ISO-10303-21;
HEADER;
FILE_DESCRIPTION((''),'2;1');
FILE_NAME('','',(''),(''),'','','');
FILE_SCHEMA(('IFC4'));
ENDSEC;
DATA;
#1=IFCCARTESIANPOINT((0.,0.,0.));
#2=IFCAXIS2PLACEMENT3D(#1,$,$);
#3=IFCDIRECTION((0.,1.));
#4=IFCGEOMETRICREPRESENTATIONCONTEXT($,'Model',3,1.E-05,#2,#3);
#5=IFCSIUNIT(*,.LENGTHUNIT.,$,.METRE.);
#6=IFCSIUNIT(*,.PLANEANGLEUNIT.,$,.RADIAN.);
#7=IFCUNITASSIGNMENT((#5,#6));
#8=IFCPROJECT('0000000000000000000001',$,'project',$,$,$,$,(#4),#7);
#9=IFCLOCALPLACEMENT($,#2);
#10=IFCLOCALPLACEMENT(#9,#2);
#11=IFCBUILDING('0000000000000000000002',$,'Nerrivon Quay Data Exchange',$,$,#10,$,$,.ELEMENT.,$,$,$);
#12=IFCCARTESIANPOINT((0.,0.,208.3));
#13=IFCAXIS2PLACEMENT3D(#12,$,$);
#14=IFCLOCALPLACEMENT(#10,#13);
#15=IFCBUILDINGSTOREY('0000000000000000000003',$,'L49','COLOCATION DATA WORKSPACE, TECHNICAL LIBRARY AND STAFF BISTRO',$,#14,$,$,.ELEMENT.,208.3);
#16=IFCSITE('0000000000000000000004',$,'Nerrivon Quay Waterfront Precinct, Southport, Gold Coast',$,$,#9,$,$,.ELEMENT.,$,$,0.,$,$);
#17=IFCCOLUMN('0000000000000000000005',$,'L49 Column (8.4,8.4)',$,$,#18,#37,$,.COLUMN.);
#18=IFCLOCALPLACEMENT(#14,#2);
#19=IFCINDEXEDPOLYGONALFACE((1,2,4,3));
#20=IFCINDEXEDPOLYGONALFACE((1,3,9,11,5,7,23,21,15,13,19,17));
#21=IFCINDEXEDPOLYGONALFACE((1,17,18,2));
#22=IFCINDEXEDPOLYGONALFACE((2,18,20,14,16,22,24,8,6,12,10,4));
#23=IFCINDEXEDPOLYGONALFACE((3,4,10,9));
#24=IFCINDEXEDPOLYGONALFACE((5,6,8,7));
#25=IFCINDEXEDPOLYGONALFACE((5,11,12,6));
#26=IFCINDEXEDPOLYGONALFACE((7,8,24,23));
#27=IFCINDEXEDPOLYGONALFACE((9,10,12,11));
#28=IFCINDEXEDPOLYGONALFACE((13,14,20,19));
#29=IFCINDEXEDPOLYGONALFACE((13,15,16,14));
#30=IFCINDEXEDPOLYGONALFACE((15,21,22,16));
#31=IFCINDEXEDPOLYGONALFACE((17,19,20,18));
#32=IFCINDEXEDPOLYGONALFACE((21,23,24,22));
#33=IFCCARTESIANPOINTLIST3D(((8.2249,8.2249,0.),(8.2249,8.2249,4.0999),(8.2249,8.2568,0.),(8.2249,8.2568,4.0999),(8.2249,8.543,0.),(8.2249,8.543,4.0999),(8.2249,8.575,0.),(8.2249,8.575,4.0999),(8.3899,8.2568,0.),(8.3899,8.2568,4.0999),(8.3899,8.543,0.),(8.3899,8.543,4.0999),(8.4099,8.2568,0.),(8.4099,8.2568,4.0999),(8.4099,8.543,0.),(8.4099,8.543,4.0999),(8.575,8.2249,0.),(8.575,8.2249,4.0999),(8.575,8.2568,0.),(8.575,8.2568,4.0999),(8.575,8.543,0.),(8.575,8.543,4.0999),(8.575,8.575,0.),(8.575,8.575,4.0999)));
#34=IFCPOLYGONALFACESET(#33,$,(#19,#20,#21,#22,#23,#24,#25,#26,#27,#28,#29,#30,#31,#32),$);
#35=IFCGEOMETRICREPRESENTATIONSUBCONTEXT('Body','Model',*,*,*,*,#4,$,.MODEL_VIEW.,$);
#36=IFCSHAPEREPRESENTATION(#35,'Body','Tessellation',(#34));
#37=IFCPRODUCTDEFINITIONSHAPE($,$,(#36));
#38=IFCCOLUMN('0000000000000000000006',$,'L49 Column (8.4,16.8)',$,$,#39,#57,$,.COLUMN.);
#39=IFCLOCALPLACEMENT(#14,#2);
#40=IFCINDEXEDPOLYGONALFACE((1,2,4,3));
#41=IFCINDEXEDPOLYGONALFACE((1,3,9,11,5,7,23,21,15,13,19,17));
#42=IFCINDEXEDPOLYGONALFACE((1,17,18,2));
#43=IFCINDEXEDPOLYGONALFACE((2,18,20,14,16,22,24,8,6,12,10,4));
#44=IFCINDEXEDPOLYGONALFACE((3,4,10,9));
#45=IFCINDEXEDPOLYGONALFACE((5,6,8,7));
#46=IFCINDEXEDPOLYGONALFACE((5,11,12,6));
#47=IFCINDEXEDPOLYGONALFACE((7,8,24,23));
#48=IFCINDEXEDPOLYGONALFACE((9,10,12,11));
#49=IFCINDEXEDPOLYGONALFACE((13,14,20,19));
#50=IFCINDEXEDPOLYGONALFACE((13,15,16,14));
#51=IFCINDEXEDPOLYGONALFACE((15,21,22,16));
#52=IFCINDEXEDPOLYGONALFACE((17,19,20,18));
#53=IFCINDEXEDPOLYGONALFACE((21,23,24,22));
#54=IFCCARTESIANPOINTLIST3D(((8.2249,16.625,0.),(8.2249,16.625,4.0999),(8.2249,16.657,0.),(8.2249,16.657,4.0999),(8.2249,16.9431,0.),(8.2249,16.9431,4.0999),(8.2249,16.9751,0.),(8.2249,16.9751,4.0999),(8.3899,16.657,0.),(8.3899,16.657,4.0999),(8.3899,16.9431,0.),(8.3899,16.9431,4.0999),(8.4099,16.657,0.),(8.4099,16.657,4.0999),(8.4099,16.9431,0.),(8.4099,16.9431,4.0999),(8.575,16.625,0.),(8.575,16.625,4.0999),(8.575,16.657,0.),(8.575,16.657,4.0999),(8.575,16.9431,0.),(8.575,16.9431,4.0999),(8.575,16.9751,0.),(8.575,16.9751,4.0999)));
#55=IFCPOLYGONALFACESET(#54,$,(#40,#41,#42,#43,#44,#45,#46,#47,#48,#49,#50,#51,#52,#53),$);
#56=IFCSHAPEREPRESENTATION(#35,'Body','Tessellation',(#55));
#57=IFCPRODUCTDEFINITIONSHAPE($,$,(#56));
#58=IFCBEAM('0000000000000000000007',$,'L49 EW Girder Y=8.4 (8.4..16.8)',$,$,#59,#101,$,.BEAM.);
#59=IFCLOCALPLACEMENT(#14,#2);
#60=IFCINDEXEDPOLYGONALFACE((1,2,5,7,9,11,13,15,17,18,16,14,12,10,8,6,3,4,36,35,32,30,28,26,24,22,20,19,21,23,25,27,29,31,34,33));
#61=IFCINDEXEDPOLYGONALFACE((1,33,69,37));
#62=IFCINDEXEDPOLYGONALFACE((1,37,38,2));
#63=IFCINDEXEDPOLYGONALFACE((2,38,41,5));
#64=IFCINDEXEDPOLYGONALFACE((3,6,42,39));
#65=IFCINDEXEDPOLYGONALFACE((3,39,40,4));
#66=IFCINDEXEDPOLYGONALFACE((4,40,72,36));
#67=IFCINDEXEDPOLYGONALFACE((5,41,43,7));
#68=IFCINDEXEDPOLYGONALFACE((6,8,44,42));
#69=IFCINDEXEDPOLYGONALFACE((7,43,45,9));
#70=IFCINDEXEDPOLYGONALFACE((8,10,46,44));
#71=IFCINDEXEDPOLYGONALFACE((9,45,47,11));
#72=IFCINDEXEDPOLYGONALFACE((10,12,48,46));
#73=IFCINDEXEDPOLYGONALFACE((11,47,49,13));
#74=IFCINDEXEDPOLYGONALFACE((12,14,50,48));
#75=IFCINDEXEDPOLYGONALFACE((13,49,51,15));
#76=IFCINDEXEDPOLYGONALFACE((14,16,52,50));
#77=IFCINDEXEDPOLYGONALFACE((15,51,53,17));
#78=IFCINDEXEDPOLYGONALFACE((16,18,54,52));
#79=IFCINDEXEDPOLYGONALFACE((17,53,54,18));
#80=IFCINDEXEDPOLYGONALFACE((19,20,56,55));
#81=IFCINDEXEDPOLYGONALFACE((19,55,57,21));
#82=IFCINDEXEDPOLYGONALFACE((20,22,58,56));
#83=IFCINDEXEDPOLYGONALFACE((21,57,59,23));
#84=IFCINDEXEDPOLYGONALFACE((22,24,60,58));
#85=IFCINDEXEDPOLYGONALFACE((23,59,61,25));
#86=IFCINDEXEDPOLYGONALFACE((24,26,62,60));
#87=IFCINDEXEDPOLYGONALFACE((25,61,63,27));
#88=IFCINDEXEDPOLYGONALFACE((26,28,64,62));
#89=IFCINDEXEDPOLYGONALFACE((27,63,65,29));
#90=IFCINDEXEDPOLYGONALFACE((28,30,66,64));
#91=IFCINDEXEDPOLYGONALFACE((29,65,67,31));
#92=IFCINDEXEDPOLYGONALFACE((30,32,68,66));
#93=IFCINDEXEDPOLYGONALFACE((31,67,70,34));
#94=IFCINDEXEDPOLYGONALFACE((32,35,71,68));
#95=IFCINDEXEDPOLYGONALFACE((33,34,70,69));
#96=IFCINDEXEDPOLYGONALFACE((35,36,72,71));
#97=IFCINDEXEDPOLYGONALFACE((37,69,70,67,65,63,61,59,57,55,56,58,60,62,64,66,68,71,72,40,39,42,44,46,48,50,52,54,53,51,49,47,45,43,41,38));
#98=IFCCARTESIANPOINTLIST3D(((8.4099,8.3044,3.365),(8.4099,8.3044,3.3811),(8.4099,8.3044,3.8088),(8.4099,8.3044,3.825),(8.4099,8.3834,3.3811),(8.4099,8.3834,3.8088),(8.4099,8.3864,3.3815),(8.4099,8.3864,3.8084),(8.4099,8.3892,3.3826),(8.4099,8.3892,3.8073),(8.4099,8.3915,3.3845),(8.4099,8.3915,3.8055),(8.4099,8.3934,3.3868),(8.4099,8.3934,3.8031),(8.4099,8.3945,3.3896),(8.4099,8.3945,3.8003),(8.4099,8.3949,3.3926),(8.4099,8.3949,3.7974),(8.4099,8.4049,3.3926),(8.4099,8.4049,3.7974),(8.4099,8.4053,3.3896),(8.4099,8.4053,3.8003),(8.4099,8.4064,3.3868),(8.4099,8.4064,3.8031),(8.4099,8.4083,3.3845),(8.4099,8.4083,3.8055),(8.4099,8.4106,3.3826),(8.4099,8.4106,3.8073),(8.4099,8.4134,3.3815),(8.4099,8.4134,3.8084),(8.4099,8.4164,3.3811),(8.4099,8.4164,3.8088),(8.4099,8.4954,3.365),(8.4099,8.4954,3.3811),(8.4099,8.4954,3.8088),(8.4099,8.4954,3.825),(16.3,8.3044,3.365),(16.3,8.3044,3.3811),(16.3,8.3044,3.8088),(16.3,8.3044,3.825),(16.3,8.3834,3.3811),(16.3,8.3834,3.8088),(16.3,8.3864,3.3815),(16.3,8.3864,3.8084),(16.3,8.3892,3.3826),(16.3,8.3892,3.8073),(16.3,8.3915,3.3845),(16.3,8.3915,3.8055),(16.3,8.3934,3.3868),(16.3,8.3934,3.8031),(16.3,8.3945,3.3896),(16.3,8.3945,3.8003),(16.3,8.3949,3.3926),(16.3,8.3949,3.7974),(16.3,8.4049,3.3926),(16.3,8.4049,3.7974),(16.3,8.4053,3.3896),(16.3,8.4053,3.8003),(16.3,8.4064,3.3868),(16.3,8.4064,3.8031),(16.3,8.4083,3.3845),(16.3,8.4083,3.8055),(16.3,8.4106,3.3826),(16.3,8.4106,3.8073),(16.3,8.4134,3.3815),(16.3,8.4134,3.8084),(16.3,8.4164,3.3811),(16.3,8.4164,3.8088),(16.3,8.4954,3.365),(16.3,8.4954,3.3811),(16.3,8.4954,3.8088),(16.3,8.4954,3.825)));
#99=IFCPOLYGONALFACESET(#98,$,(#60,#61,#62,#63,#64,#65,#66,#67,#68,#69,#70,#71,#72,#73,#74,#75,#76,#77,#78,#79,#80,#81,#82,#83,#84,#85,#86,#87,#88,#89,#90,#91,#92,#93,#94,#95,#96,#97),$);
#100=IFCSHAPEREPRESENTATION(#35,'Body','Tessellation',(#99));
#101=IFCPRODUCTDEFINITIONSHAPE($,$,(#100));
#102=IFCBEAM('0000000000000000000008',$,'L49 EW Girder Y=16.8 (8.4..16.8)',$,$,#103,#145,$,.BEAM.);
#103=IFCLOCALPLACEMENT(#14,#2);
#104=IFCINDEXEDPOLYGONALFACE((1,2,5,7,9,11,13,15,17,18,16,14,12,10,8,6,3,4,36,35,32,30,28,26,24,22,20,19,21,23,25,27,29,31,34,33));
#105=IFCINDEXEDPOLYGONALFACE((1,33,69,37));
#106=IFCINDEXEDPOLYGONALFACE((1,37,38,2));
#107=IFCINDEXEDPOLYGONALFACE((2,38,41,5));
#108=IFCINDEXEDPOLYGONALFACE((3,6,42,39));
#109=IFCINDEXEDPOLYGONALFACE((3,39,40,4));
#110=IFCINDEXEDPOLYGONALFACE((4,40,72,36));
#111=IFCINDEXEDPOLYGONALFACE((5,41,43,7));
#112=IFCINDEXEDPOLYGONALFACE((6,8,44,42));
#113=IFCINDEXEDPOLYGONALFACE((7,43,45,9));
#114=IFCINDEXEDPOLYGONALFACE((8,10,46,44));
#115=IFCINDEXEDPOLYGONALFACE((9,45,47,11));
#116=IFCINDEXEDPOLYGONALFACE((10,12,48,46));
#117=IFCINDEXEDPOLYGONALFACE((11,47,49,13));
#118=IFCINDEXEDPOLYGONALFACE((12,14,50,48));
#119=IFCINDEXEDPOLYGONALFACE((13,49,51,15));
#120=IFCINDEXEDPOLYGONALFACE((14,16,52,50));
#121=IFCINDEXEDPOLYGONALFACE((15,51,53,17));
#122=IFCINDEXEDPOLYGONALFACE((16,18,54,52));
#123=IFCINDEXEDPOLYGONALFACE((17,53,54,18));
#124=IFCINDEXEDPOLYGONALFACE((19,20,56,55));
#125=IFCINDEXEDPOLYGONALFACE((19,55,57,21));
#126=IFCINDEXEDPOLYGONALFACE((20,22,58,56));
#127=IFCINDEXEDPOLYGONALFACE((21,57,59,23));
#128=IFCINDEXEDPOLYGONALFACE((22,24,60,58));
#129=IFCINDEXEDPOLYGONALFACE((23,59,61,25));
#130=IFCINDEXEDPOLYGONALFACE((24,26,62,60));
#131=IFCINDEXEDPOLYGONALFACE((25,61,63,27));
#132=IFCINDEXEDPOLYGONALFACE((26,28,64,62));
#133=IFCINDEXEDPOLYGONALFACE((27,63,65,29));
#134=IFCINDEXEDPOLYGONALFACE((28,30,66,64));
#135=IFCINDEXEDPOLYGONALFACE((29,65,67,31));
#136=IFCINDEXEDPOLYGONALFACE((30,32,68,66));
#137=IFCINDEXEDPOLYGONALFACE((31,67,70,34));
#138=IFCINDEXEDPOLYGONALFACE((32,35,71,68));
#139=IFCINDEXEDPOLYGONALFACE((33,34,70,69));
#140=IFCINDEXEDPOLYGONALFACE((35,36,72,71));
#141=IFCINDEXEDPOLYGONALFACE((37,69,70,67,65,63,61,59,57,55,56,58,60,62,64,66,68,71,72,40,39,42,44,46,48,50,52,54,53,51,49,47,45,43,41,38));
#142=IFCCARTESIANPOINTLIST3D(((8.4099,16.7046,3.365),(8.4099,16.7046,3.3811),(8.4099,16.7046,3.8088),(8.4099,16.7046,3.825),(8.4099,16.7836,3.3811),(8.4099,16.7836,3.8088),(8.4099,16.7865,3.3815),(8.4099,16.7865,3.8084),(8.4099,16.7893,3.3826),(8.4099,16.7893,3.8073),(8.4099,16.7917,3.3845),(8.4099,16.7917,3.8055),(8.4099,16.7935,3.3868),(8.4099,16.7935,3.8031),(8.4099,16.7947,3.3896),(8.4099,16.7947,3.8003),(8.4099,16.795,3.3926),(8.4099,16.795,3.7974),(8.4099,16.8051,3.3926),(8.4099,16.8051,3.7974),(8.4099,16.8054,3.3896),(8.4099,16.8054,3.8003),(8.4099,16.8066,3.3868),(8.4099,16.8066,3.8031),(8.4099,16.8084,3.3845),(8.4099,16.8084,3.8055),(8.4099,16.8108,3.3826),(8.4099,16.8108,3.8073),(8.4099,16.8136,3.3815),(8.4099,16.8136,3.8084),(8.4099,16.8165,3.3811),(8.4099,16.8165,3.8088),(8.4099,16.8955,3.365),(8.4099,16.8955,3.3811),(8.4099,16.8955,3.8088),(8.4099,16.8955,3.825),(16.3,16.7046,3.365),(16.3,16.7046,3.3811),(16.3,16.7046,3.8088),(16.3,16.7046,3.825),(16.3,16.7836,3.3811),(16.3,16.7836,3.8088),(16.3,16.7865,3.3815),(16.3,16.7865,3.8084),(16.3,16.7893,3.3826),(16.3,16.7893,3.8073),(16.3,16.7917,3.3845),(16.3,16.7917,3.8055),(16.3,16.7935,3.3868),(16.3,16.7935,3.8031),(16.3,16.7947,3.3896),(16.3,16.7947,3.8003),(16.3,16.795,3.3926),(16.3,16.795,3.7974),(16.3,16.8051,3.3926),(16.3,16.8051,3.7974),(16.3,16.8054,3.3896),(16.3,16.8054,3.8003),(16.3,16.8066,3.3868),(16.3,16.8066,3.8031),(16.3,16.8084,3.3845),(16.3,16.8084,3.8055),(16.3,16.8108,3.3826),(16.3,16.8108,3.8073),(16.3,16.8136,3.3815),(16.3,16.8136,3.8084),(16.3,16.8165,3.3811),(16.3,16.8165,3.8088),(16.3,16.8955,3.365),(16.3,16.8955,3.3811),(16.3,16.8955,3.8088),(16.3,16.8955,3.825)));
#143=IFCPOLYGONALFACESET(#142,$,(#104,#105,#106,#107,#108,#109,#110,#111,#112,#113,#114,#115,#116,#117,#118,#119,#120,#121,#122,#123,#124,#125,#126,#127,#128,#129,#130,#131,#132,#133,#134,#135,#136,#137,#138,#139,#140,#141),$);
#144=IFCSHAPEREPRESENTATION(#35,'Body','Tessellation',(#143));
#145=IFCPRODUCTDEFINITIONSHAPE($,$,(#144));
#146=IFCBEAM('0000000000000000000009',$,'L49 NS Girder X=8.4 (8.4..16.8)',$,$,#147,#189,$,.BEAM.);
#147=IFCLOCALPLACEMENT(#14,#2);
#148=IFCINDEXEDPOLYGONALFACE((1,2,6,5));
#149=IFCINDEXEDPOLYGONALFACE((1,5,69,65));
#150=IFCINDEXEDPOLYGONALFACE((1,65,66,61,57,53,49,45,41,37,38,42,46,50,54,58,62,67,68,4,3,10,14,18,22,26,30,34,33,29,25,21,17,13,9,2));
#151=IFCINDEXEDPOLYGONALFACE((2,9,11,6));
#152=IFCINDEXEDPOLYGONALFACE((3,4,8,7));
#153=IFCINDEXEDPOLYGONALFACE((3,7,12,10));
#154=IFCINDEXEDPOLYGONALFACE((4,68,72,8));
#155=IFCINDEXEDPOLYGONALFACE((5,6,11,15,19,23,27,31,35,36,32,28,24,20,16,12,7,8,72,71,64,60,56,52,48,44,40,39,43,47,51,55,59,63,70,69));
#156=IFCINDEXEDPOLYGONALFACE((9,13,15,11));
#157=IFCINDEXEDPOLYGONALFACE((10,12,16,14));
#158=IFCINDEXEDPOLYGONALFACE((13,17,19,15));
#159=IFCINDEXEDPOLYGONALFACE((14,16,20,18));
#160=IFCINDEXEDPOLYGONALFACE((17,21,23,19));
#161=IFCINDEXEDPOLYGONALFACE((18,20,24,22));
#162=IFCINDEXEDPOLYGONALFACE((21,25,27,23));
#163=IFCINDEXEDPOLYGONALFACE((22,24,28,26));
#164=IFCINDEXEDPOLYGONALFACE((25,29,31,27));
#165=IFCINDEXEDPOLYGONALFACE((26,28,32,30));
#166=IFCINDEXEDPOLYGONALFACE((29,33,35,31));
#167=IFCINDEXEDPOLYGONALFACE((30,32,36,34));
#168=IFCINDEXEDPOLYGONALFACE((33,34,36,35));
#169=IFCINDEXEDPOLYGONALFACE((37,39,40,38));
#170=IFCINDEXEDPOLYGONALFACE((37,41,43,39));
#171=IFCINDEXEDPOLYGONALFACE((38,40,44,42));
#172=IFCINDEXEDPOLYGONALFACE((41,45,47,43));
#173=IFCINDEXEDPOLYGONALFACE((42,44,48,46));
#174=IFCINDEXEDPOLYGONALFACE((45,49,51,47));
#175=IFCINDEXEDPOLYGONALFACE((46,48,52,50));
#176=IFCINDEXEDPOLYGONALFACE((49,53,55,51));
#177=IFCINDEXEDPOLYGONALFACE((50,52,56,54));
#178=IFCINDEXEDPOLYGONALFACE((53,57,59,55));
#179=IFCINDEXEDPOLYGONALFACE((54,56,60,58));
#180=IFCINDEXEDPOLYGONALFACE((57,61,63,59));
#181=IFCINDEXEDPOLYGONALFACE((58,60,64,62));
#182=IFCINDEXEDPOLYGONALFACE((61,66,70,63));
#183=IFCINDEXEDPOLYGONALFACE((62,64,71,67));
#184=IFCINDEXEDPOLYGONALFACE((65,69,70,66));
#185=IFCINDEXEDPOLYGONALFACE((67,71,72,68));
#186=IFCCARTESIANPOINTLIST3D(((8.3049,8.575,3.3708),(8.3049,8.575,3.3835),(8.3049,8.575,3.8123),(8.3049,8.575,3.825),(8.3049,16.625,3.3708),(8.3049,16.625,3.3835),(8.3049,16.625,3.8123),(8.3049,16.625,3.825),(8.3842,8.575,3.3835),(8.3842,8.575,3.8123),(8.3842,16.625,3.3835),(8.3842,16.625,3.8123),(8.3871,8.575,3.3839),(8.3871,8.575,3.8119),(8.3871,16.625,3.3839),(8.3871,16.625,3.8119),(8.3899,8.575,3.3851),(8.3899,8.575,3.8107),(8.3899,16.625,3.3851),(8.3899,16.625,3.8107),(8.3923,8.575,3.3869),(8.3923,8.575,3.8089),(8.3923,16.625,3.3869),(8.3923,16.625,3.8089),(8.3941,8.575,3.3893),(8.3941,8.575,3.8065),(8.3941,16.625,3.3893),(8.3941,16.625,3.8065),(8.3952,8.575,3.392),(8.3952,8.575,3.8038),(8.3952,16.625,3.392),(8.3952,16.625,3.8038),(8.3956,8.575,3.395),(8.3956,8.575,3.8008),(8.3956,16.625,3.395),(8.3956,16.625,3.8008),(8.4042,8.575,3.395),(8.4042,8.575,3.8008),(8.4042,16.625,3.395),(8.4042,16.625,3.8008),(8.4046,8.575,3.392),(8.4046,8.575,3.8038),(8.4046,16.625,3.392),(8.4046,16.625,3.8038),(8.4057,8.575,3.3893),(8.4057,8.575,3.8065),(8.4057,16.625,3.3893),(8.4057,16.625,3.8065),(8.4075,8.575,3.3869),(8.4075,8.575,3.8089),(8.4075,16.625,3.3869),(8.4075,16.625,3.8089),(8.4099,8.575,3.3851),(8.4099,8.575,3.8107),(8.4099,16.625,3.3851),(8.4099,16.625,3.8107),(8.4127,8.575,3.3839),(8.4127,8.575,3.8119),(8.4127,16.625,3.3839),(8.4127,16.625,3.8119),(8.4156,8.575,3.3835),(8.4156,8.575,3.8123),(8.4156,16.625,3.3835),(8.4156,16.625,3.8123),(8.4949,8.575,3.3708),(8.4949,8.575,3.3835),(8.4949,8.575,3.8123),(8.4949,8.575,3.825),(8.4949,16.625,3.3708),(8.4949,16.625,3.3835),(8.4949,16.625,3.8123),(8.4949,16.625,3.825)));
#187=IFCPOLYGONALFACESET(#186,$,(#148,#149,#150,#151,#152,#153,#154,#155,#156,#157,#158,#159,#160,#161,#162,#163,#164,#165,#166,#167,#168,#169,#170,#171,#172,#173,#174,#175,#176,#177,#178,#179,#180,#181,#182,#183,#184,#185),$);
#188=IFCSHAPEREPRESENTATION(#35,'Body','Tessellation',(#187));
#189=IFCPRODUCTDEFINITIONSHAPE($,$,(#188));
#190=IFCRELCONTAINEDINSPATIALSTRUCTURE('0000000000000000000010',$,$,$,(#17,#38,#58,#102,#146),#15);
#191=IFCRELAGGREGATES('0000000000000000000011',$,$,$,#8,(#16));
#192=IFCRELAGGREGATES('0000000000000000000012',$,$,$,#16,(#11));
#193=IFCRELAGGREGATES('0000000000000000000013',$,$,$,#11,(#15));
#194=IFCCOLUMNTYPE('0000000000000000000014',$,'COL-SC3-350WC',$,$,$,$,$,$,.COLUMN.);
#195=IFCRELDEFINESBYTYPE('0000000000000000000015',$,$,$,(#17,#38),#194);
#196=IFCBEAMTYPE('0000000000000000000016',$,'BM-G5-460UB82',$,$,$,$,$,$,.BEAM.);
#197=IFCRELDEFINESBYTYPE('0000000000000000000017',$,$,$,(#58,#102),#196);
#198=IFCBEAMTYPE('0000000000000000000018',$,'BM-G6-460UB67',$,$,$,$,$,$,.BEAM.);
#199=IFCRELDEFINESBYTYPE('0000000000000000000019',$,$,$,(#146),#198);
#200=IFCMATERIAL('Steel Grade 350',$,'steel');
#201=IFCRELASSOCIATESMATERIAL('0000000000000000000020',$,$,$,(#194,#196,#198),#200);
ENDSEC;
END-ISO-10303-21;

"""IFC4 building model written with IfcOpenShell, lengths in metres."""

from ifc_helpers import new_model, si_unit, direction, frame, origin, origin_2d, place, context, subcontext, project, spatial, i_section, extrude, material, material_profile, profile_set, type_object, element, save


model = new_model("IFC4")

# Units and contexts
model_context = context("Model", 3, precision=1e-05, world=origin(), true_north=direction((0.0, 1.0)))
body_context = subcontext(model_context, "Body", "Model", "MODEL_VIEW")
ifc_project = project(units=[si_unit("LENGTHUNIT", "METRE"), si_unit("PLANEANGLEUNIT", "RADIAN")], contexts=[model_context])

# Site, building, storey
site_placement = place(None, origin())
site = spatial("IfcSite", under=ifc_project, at=site_placement, Name="Nerrivon Quay Waterfront Precinct, Southport, Gold Coast", CompositionType="ELEMENT", RefElevation=0.0)
building_placement = place(site_placement, origin())
building = spatial("IfcBuilding", under=site, at=building_placement, Name="Nerrivon Quay Data Exchange", CompositionType="ELEMENT")
storey_placement = place(building_placement, frame((0.0, 0.0, 208.3)))
storey = spatial("IfcBuildingStorey", under=building, at=storey_placement, Name="L49", Description="COLOCATION DATA WORKSPACE, TECHNICAL LIBRARY AND STAFF BISTRO", CompositionType="ELEMENT", Elevation=208.3)

# Columns
ifc_material_1 = material(Name="Steel Grade 350", Category="steel")
ifc_material_profile_1 = material_profile(ifc_material_1, i_section(OverallWidth=0.3501, OverallDepth=0.3501, WebThickness=0.02, FlangeThickness=0.032, at=origin_2d()), Name="350WC230")
ifc_profile_set_1 = profile_set([ifc_material_profile_1], Name="Steel Grade 350")
column_type = type_object("IfcColumnType", Name="COL-SC3-350WC", PredefinedType="COLUMN", material=ifc_profile_set_1)
for number, where, z_axis, x_axis, name in (
    (1, (8.3999, 8.3999, 0.0), (0.0, 0.0, 1.0), (1.0, 0.0, 0.0), "L49 Column (8.4,8.4)"),
    (2, (8.3999, 16.8, 0.0), (0.0, 0.0, 1.0), (1.0, 0.0, 0.0), "L49 Column (8.4,16.8)"),
):
    element("IfcColumn", number, at=place(storey_placement, frame(where, z_axis=z_axis, x_axis=x_axis)), inside=storey, type_object=column_type, Name=name, PredefinedType="COLUMN", context=body_context, shape_type="SweptSolid", body=[
        extrude(i_section(OverallWidth=0.3501, OverallDepth=0.3501, WebThickness=0.02, FlangeThickness=0.032, at=origin_2d()), origin(), (0.0, 0.0, 1.0), 4.0999),
    ])

# Beams
ifc_material_profile_2 = material_profile(ifc_material_1, i_section(OverallWidth=0.1909, OverallDepth=0.46, WebThickness=0.01, FlangeThickness=0.0161, FilletRadius=0.0115, at=origin_2d()), Name="460UB82.1")
ifc_profile_set_2 = profile_set([ifc_material_profile_2], Name="Steel Grade 350")
beam_type_1 = type_object("IfcBeamType", Name="BM-G5-460UB82", PredefinedType="BEAM", material=ifc_profile_set_2)
for number, where, z_axis, x_axis, name in (
    (3, (8.4099, 8.3999, 3.595), (1.0, 0.0, 0.0), (0.0, 1.0, 0.0), "L49 EW Girder Y=8.4 (8.4..16.8)"),
    (4, (8.4099, 16.8, 3.595), (1.0, 0.0, 0.0), (0.0, 1.0, 0.0), "L49 EW Girder Y=16.8 (8.4..16.8)"),
):
    element("IfcBeam", number, at=place(storey_placement, frame(where, z_axis=z_axis, x_axis=x_axis)), inside=storey, type_object=beam_type_1, Name=name, PredefinedType="BEAM", context=body_context, shape_type="SweptSolid", body=[
        extrude(i_section(OverallWidth=0.1909, OverallDepth=0.46, WebThickness=0.01, FlangeThickness=0.0161, FilletRadius=0.0115, at=origin_2d()), origin(), (0.0, 0.0, 1.0), 7.8901),
    ])
ifc_material_profile_3 = material_profile(ifc_material_1, i_section(OverallWidth=0.1899, OverallDepth=0.4541, WebThickness=0.0085, FlangeThickness=0.0127, FilletRadius=0.0115, at=origin_2d()), Name="460UB67.1")
ifc_profile_set_3 = profile_set([ifc_material_profile_3], Name="Steel Grade 350")
beam_type_2 = type_object("IfcBeamType", Name="BM-G6-460UB67", PredefinedType="BEAM", material=ifc_profile_set_3)
beam_1_placement = place(storey_placement, frame((8.3999, 8.575, 3.5979), z_axis=(0.0, 1.0, 0.0), x_axis=(-1.0, 0.0, 0.0)))
element("IfcBeam", 5, at=beam_1_placement, inside=storey, type_object=beam_type_2, Name="L49 NS Girder X=8.4 (8.4..16.8)", PredefinedType="BEAM", context=body_context, shape_type="SweptSolid", body=[
    extrude(i_section(OverallWidth=0.1899, OverallDepth=0.4541, WebThickness=0.0085, FlangeThickness=0.0127, FilletRadius=0.0115, at=origin_2d()), origin(), (0.0, 0.0, 1.0), 8.05),
])

save(model, "model.ifc")
